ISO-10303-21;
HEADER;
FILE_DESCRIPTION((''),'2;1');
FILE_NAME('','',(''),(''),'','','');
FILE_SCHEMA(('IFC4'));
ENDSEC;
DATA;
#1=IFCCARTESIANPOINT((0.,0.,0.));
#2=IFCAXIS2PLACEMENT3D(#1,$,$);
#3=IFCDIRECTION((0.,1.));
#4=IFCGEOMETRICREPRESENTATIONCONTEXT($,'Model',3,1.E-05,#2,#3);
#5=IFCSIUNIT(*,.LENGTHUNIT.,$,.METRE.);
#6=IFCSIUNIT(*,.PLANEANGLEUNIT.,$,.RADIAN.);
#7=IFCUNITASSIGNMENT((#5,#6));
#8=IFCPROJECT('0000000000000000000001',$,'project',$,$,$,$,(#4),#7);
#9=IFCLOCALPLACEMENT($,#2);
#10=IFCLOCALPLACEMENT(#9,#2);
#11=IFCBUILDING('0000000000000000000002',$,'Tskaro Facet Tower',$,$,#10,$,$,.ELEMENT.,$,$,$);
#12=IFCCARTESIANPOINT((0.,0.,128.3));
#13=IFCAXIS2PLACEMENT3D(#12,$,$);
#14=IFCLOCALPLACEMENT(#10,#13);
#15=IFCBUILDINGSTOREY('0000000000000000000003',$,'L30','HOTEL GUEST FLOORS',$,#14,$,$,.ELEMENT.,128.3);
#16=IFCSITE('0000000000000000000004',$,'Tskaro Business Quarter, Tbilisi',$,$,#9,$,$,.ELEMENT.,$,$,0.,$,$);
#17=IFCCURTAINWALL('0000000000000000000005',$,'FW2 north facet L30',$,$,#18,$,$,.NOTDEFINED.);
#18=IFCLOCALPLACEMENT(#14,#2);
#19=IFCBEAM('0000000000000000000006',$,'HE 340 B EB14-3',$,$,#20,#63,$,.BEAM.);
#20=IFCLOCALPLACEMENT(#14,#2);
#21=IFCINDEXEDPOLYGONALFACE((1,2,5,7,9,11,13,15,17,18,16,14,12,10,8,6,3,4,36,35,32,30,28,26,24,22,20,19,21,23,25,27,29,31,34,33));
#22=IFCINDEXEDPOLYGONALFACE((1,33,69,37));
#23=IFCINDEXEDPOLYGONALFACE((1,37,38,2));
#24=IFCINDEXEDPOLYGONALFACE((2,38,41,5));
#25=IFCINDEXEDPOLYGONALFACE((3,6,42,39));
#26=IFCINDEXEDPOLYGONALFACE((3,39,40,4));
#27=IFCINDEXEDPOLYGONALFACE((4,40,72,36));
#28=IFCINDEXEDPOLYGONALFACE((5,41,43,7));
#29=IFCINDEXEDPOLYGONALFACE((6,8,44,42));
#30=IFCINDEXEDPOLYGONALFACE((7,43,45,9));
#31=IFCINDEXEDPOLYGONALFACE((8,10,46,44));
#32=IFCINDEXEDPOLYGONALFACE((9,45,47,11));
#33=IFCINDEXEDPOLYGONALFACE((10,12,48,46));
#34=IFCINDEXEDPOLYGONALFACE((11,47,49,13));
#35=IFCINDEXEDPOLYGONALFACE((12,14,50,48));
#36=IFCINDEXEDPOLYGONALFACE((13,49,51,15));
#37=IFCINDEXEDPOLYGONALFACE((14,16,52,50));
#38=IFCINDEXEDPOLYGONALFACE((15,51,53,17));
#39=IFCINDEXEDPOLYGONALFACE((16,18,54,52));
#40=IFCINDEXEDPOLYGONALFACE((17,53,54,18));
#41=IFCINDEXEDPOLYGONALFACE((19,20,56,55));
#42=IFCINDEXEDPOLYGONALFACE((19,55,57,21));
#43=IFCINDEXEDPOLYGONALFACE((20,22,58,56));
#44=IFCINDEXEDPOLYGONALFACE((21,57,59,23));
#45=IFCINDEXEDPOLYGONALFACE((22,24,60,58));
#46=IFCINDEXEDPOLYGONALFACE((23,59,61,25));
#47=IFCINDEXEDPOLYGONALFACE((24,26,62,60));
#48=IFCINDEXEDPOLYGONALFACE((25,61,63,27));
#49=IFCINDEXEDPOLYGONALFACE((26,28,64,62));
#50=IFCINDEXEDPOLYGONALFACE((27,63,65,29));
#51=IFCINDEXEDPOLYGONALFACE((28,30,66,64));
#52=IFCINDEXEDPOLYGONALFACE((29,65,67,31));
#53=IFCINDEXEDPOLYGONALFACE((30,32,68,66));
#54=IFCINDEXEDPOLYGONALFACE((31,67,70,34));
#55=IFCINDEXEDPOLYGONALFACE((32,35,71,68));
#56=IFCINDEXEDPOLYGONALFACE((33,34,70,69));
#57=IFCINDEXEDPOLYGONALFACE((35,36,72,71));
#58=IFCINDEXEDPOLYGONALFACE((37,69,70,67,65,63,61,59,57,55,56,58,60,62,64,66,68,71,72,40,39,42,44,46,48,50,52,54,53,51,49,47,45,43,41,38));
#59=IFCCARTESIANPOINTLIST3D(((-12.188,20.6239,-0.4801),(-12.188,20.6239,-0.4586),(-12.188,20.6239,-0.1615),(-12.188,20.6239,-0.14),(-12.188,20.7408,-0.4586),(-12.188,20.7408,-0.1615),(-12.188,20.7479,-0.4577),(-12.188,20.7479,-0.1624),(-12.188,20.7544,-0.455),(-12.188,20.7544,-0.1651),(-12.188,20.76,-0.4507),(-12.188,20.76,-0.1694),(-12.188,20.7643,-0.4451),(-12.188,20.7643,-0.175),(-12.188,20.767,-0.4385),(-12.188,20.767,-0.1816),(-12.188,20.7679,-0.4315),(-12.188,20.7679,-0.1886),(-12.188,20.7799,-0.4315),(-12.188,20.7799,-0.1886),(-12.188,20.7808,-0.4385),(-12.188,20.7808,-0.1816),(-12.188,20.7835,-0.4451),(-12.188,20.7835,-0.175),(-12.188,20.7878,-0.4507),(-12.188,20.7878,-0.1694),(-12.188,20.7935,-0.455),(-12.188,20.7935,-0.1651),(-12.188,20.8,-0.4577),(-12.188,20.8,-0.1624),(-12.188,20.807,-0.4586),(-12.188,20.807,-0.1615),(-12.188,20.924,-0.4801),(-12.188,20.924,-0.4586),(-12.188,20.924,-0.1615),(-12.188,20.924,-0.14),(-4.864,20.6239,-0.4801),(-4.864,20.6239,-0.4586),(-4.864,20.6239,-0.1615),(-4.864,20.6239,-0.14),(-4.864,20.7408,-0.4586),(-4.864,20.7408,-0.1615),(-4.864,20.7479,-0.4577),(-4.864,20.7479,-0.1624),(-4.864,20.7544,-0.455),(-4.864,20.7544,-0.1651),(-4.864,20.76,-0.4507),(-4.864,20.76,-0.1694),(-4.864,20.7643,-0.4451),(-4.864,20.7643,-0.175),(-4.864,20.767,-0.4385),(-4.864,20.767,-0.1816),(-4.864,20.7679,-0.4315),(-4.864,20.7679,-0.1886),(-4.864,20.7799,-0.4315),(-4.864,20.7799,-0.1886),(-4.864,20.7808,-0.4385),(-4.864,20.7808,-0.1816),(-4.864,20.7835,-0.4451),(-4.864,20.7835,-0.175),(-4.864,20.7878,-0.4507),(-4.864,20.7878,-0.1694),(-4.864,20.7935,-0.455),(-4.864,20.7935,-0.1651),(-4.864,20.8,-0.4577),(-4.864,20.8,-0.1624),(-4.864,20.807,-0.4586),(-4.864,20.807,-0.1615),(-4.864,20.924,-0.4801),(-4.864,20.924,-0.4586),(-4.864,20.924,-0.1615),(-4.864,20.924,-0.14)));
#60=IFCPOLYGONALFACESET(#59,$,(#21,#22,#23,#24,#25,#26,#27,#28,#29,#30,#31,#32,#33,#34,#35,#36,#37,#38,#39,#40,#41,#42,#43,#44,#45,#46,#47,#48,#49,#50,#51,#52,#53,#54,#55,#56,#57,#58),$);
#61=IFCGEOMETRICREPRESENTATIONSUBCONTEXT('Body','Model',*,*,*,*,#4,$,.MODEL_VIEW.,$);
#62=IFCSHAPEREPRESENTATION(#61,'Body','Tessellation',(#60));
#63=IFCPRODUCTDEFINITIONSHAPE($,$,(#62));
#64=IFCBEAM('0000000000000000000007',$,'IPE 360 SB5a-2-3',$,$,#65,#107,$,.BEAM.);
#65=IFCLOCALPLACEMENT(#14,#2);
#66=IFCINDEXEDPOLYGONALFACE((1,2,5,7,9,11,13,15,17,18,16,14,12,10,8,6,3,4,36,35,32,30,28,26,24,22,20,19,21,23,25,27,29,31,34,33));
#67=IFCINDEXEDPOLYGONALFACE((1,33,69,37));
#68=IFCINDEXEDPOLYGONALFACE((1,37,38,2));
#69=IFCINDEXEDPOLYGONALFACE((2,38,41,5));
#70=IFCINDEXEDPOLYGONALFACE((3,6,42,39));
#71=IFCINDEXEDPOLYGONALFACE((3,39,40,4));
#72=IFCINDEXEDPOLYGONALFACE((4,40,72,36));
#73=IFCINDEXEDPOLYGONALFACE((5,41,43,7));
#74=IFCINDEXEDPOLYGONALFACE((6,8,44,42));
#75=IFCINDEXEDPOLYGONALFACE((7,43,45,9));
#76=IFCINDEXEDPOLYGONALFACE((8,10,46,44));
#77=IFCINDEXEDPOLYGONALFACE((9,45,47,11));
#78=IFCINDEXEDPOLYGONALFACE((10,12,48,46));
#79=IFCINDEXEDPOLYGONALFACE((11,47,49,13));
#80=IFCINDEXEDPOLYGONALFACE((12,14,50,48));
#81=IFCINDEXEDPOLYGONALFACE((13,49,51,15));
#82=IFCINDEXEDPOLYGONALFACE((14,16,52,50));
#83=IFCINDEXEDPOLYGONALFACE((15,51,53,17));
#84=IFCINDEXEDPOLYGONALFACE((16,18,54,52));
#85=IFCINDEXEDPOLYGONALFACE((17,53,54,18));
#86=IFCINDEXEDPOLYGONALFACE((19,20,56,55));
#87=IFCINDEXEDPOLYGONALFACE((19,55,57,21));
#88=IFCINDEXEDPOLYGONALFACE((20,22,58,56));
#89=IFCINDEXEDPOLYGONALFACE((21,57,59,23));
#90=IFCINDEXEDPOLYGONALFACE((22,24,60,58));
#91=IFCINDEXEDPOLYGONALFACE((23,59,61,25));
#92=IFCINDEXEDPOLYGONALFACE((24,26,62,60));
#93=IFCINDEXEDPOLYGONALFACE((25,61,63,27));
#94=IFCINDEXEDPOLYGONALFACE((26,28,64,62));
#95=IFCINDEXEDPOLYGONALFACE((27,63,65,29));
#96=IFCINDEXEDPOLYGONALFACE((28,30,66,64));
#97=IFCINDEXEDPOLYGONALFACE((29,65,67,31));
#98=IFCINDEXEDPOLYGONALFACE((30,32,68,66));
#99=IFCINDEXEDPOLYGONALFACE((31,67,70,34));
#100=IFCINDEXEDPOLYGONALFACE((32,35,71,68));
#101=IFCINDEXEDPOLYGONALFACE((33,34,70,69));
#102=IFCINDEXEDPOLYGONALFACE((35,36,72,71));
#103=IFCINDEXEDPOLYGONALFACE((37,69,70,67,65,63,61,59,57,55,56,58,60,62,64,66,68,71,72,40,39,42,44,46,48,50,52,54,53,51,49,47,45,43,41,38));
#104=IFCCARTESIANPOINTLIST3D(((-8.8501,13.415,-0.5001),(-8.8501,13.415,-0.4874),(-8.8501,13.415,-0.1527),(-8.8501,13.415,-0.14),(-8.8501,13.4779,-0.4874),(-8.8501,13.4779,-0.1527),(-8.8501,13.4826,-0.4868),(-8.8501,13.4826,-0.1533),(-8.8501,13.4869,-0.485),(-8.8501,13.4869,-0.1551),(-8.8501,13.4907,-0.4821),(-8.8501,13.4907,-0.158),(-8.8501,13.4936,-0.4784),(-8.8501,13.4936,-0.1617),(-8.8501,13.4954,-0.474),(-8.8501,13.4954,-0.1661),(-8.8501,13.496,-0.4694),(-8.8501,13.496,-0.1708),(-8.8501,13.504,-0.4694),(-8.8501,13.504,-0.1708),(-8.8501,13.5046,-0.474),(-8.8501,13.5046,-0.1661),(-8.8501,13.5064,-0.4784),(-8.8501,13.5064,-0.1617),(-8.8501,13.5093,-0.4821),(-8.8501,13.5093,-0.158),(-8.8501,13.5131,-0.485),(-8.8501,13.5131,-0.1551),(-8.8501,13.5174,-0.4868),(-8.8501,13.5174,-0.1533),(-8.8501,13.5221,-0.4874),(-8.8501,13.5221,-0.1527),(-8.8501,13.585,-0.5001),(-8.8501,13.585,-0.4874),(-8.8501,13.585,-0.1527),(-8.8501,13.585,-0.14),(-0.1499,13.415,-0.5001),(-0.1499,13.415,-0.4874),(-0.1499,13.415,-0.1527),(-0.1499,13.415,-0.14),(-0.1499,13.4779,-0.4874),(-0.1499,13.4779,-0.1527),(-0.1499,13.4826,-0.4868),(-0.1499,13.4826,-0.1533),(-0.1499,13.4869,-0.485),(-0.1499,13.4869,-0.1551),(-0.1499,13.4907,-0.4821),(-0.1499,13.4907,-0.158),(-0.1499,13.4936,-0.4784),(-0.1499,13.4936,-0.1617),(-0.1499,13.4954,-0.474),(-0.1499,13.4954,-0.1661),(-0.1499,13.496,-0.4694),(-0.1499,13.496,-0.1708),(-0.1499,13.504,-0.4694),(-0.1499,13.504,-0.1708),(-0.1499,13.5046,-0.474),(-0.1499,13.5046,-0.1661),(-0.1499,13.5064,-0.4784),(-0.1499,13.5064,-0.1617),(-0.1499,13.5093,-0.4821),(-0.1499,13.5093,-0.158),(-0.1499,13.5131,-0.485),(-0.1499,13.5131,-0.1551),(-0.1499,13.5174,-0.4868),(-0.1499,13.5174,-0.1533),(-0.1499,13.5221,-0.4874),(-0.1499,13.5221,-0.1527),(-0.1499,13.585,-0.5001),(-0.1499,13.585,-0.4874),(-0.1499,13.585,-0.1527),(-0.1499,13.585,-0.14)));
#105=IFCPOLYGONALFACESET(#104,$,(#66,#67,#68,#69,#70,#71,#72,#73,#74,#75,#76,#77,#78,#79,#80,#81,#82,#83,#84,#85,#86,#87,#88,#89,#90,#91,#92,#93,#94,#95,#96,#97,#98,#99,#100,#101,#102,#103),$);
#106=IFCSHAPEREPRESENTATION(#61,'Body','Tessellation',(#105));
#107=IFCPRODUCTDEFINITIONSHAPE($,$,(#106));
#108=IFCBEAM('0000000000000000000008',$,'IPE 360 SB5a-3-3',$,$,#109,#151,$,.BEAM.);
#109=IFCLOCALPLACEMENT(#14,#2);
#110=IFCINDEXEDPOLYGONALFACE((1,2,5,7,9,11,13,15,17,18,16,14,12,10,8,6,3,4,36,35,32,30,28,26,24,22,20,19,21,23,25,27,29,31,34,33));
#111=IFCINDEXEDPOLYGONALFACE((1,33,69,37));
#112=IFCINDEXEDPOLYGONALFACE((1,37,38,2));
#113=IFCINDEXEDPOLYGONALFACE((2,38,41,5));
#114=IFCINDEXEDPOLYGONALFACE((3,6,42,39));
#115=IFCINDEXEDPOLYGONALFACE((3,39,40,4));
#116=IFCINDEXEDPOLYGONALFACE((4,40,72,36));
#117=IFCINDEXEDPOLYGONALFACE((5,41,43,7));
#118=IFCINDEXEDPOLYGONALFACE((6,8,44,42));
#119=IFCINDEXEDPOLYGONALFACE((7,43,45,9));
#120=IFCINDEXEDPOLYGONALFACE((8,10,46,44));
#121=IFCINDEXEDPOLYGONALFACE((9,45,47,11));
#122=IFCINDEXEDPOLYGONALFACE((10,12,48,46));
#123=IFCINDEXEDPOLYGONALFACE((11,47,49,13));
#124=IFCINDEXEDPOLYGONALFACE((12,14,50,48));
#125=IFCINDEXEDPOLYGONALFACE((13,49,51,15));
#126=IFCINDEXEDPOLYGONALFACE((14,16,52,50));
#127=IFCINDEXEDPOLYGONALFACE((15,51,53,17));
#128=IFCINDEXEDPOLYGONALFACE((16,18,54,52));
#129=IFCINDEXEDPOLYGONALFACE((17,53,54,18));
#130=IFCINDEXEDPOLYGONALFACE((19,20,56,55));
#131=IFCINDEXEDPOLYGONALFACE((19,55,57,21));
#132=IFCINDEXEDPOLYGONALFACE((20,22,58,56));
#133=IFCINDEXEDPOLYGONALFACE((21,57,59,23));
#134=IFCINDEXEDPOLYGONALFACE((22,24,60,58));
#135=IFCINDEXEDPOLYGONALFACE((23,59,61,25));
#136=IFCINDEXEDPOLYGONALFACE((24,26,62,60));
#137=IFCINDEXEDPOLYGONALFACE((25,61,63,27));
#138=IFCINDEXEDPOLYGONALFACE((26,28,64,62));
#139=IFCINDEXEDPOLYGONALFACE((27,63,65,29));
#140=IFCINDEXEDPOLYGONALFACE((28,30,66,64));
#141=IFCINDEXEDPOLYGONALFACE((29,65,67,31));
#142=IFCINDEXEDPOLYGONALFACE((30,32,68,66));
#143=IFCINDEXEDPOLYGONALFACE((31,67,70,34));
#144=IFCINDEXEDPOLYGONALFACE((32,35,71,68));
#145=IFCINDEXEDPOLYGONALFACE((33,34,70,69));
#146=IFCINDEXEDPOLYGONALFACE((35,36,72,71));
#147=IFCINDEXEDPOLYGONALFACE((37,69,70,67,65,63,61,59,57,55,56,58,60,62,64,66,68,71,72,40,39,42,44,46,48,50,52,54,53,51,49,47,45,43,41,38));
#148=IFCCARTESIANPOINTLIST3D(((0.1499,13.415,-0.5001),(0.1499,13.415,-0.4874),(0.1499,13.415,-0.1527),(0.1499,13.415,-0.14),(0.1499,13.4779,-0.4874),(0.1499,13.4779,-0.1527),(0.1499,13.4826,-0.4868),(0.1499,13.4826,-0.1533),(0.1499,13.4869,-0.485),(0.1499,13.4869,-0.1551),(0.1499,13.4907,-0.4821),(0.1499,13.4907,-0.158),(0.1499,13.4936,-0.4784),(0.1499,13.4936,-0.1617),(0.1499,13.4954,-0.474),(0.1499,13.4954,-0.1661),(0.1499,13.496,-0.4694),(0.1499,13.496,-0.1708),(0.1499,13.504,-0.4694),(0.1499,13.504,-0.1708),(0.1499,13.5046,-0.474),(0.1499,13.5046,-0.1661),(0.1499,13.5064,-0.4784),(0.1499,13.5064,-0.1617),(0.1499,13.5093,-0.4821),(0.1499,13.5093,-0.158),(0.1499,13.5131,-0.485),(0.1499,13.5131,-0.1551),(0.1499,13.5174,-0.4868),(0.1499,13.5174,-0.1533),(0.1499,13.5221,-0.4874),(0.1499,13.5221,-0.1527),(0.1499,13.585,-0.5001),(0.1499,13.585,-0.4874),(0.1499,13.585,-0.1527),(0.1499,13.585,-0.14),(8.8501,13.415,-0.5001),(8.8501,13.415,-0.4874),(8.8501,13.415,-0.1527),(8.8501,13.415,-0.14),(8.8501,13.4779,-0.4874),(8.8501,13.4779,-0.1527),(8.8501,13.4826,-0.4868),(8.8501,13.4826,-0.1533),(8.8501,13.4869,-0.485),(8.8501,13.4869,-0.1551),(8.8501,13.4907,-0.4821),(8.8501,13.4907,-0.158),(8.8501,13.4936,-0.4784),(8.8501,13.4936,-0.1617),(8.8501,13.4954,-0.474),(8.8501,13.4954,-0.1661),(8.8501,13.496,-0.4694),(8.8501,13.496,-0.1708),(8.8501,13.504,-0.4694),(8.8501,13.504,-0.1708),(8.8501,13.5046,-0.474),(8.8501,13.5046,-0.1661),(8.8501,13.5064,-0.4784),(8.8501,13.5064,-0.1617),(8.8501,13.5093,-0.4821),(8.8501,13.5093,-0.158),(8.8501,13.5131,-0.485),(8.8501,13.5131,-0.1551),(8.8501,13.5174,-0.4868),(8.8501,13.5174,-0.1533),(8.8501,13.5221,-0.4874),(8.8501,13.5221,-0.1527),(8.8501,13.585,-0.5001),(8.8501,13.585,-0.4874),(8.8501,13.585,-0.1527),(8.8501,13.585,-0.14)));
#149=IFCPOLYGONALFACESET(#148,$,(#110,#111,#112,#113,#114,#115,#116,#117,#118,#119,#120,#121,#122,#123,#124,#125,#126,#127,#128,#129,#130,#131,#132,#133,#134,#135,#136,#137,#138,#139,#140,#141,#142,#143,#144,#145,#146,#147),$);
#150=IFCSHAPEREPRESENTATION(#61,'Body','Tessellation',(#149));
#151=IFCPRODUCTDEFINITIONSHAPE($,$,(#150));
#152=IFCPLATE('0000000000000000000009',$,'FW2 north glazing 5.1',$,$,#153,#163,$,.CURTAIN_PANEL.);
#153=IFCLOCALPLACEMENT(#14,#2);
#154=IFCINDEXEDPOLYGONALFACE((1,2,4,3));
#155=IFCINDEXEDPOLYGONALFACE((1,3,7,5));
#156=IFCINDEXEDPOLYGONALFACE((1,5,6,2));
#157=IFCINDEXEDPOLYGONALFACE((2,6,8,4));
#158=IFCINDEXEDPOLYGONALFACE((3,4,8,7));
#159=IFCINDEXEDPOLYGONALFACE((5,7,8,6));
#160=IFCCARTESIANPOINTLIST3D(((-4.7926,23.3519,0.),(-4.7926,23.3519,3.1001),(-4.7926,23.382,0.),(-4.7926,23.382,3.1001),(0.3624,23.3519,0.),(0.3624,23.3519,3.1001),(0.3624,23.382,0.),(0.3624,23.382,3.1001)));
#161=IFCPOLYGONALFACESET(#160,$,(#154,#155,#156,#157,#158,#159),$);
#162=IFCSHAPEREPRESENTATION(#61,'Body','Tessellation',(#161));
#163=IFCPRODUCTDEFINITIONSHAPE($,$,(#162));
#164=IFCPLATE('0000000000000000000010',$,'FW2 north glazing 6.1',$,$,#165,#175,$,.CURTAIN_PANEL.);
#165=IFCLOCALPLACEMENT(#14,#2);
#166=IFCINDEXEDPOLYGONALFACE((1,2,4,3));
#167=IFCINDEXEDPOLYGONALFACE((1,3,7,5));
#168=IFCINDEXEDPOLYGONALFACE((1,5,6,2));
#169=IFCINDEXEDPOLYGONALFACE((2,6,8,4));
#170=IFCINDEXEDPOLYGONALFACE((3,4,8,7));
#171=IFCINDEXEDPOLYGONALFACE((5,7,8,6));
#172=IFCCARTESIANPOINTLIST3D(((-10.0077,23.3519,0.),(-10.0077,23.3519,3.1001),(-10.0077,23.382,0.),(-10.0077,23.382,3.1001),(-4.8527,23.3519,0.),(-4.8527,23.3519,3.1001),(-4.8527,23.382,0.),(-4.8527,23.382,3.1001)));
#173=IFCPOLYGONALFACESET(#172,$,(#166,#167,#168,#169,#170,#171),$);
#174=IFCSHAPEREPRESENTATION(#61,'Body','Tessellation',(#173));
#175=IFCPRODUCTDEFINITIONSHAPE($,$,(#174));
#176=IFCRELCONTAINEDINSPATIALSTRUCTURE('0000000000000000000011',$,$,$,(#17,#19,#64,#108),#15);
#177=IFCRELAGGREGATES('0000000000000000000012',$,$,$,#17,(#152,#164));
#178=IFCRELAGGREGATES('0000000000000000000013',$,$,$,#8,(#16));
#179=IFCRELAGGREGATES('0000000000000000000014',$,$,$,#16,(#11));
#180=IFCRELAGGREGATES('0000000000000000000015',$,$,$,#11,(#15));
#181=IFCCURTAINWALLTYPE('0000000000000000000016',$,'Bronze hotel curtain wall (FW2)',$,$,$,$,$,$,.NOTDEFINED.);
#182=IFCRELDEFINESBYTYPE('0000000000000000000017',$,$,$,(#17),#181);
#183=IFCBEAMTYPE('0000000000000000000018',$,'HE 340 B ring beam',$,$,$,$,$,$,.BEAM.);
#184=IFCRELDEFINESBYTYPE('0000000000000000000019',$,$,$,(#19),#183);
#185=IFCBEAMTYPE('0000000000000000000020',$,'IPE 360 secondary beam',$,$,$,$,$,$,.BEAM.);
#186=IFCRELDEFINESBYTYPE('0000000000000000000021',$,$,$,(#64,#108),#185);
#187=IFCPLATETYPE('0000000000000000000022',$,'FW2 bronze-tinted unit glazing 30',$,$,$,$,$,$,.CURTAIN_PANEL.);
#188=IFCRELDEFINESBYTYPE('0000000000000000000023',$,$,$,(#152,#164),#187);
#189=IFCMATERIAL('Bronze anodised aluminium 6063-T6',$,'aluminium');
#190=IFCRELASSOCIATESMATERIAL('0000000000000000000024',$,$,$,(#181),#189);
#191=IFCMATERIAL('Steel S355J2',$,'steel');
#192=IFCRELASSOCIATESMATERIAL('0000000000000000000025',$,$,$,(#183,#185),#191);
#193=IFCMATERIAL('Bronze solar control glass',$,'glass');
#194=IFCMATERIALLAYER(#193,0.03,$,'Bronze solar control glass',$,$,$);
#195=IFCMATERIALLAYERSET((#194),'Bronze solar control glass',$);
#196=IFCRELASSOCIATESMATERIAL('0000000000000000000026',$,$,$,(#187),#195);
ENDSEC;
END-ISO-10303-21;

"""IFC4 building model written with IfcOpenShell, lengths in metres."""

from ifc_helpers import new_model, si_unit, direction, frame, origin, origin_2d, place, context, subcontext, project, spatial, rectangle, i_section, extrude, material, layer, layer_set, material_profile, profile_set, type_object, element, aggregate, save


model = new_model("IFC4")

# Units and contexts
model_context = context("Model", 3, precision=1e-05, world=origin(), true_north=direction((0.0, 1.0)))
body_context = subcontext(model_context, "Body", "Model", "MODEL_VIEW")
ifc_project = project(units=[si_unit("LENGTHUNIT", "METRE"), si_unit("PLANEANGLEUNIT", "RADIAN")], contexts=[model_context])

# Site, building, storey
site_placement = place(None, origin())
site = spatial("IfcSite", under=ifc_project, at=site_placement, Name="Tskaro Business Quarter, Tbilisi", CompositionType="ELEMENT", RefElevation=0.0)
building_placement = place(site_placement, origin())
building = spatial("IfcBuilding", under=site, at=building_placement, Name="Tskaro Facet Tower", CompositionType="ELEMENT")
storey_placement = place(building_placement, frame((0.0, 0.0, 128.3)))
storey = spatial("IfcBuildingStorey", under=building, at=storey_placement, Name="L30", Description="HOTEL GUEST FLOORS", CompositionType="ELEMENT", Elevation=128.3)

# Curtain wall
ifc_material_1 = material(Name="Bronze anodised aluminium 6063-T6", Category="aluminium")
curtain_wall_type = type_object("IfcCurtainWallType", Name="Bronze hotel curtain wall (FW2)", PredefinedType="NOTDEFINED", material=ifc_material_1)
curtain_wall_placement = place(storey_placement, origin())
curtain_wall = element("IfcCurtainWall", 1, at=curtain_wall_placement, inside=storey, type_object=curtain_wall_type, Name="FW2 north facet L30", PredefinedType="NOTDEFINED")

# Beams
ifc_material_2 = material(Name="Steel S355J2", Category="steel")
ifc_material_profile_1 = material_profile(ifc_material_2, i_section(OverallWidth=0.3, OverallDepth=0.3401, WebThickness=0.012, FlangeThickness=0.0215, FilletRadius=0.0271, at=origin_2d()), Name="HE 340 B")
ifc_profile_set_1 = profile_set([ifc_material_profile_1], Name="Steel S355J2")
beam_type_1 = type_object("IfcBeamType", Name="HE 340 B ring beam", PredefinedType="BEAM", material=ifc_profile_set_1)
beam_placement = place(storey_placement, frame((-4.864, 20.7739, -0.3101), z_axis=(-1.0, 0.0, 0.0), x_axis=(0.0, -1.0, 0.0)))
element("IfcBeam", 2, at=beam_placement, inside=storey, type_object=beam_type_1, Name="HE 340 B EB14-3", PredefinedType="BEAM", context=body_context, shape_type="SweptSolid", body=[
    extrude(i_section(OverallWidth=0.3, OverallDepth=0.3401, WebThickness=0.012, FlangeThickness=0.0215, FilletRadius=0.0271, at=origin_2d()), origin(), (0.0, 0.0, 1.0), 7.324),
])
ifc_material_profile_2 = material_profile(ifc_material_2, i_section(OverallWidth=0.1699, OverallDepth=0.3601, WebThickness=0.0081, FlangeThickness=0.0127, FilletRadius=0.0181, at=origin_2d()), Name="IPE 360")
ifc_profile_set_2 = profile_set([ifc_material_profile_2], Name="Steel S355J2")
beam_type_2 = type_object("IfcBeamType", Name="IPE 360 secondary beam", PredefinedType="BEAM", material=ifc_profile_set_2)
for number, where, z_axis, x_axis, name in (
    (3, (-8.8501, 13.5, -0.3201), (1.0, 0.0, 0.0), (0.0, 1.0, 0.0), "IPE 360 SB5a-2-3"),
    (4, (0.1499, 13.5, -0.3201), (1.0, 0.0, 0.0), (0.0, 1.0, 0.0), "IPE 360 SB5a-3-3"),
):
    element("IfcBeam", number, at=place(storey_placement, frame(where, z_axis=z_axis, x_axis=x_axis)), inside=storey, type_object=beam_type_2, Name=name, PredefinedType="BEAM", context=body_context, shape_type="SweptSolid", body=[
        extrude(i_section(OverallWidth=0.1699, OverallDepth=0.3601, WebThickness=0.0081, FlangeThickness=0.0127, FilletRadius=0.0181, at=origin_2d()), origin(), (0.0, 0.0, 1.0), 8.7002),
    ])

# Plates
ifc_material_3 = material(Name="Bronze solar control glass", Category="glass")
ifc_layer_1 = layer(ifc_material_3, 0.03, Name="Bronze solar control glass")
ifc_layer_set_1 = layer_set([ifc_layer_1], Name="Bronze solar control glass")
plate_type = type_object("IfcPlateType", Name="FW2 bronze-tinted unit glazing 30", PredefinedType="CURTAIN_PANEL", material=ifc_layer_set_1)
plate_1_placement = place(storey_placement, frame((-2.2151, 23.3669, 0.0), z_axis=(0.0, 0.0, 1.0), x_axis=(-1.0, 0.0, 0.0)))
plate_1 = element("IfcPlate", 5, at=plate_1_placement, type_object=plate_type, Name="FW2 north glazing 5.1", PredefinedType="CURTAIN_PANEL", context=body_context, shape_type="SweptSolid", body=[
    extrude(rectangle(XDim=5.155, YDim=0.03, at=origin_2d()), origin(), (0.0, 0.0, 1.0), 3.1001),
])
plate_2_placement = place(storey_placement, frame((-7.4302, 23.3669, 0.0), z_axis=(0.0, 0.0, 1.0), x_axis=(-1.0, 0.0, 0.0)))
plate_2 = element("IfcPlate", 6, at=plate_2_placement, type_object=plate_type, Name="FW2 north glazing 6.1", PredefinedType="CURTAIN_PANEL", context=body_context, shape_type="SweptSolid", body=[
    extrude(rectangle(XDim=5.155, YDim=0.03, at=origin_2d()), origin(), (0.0, 0.0, 1.0), 3.1001),
])
aggregate(curtain_wall, [plate_1, plate_2])

save(model, "model.ifc")
